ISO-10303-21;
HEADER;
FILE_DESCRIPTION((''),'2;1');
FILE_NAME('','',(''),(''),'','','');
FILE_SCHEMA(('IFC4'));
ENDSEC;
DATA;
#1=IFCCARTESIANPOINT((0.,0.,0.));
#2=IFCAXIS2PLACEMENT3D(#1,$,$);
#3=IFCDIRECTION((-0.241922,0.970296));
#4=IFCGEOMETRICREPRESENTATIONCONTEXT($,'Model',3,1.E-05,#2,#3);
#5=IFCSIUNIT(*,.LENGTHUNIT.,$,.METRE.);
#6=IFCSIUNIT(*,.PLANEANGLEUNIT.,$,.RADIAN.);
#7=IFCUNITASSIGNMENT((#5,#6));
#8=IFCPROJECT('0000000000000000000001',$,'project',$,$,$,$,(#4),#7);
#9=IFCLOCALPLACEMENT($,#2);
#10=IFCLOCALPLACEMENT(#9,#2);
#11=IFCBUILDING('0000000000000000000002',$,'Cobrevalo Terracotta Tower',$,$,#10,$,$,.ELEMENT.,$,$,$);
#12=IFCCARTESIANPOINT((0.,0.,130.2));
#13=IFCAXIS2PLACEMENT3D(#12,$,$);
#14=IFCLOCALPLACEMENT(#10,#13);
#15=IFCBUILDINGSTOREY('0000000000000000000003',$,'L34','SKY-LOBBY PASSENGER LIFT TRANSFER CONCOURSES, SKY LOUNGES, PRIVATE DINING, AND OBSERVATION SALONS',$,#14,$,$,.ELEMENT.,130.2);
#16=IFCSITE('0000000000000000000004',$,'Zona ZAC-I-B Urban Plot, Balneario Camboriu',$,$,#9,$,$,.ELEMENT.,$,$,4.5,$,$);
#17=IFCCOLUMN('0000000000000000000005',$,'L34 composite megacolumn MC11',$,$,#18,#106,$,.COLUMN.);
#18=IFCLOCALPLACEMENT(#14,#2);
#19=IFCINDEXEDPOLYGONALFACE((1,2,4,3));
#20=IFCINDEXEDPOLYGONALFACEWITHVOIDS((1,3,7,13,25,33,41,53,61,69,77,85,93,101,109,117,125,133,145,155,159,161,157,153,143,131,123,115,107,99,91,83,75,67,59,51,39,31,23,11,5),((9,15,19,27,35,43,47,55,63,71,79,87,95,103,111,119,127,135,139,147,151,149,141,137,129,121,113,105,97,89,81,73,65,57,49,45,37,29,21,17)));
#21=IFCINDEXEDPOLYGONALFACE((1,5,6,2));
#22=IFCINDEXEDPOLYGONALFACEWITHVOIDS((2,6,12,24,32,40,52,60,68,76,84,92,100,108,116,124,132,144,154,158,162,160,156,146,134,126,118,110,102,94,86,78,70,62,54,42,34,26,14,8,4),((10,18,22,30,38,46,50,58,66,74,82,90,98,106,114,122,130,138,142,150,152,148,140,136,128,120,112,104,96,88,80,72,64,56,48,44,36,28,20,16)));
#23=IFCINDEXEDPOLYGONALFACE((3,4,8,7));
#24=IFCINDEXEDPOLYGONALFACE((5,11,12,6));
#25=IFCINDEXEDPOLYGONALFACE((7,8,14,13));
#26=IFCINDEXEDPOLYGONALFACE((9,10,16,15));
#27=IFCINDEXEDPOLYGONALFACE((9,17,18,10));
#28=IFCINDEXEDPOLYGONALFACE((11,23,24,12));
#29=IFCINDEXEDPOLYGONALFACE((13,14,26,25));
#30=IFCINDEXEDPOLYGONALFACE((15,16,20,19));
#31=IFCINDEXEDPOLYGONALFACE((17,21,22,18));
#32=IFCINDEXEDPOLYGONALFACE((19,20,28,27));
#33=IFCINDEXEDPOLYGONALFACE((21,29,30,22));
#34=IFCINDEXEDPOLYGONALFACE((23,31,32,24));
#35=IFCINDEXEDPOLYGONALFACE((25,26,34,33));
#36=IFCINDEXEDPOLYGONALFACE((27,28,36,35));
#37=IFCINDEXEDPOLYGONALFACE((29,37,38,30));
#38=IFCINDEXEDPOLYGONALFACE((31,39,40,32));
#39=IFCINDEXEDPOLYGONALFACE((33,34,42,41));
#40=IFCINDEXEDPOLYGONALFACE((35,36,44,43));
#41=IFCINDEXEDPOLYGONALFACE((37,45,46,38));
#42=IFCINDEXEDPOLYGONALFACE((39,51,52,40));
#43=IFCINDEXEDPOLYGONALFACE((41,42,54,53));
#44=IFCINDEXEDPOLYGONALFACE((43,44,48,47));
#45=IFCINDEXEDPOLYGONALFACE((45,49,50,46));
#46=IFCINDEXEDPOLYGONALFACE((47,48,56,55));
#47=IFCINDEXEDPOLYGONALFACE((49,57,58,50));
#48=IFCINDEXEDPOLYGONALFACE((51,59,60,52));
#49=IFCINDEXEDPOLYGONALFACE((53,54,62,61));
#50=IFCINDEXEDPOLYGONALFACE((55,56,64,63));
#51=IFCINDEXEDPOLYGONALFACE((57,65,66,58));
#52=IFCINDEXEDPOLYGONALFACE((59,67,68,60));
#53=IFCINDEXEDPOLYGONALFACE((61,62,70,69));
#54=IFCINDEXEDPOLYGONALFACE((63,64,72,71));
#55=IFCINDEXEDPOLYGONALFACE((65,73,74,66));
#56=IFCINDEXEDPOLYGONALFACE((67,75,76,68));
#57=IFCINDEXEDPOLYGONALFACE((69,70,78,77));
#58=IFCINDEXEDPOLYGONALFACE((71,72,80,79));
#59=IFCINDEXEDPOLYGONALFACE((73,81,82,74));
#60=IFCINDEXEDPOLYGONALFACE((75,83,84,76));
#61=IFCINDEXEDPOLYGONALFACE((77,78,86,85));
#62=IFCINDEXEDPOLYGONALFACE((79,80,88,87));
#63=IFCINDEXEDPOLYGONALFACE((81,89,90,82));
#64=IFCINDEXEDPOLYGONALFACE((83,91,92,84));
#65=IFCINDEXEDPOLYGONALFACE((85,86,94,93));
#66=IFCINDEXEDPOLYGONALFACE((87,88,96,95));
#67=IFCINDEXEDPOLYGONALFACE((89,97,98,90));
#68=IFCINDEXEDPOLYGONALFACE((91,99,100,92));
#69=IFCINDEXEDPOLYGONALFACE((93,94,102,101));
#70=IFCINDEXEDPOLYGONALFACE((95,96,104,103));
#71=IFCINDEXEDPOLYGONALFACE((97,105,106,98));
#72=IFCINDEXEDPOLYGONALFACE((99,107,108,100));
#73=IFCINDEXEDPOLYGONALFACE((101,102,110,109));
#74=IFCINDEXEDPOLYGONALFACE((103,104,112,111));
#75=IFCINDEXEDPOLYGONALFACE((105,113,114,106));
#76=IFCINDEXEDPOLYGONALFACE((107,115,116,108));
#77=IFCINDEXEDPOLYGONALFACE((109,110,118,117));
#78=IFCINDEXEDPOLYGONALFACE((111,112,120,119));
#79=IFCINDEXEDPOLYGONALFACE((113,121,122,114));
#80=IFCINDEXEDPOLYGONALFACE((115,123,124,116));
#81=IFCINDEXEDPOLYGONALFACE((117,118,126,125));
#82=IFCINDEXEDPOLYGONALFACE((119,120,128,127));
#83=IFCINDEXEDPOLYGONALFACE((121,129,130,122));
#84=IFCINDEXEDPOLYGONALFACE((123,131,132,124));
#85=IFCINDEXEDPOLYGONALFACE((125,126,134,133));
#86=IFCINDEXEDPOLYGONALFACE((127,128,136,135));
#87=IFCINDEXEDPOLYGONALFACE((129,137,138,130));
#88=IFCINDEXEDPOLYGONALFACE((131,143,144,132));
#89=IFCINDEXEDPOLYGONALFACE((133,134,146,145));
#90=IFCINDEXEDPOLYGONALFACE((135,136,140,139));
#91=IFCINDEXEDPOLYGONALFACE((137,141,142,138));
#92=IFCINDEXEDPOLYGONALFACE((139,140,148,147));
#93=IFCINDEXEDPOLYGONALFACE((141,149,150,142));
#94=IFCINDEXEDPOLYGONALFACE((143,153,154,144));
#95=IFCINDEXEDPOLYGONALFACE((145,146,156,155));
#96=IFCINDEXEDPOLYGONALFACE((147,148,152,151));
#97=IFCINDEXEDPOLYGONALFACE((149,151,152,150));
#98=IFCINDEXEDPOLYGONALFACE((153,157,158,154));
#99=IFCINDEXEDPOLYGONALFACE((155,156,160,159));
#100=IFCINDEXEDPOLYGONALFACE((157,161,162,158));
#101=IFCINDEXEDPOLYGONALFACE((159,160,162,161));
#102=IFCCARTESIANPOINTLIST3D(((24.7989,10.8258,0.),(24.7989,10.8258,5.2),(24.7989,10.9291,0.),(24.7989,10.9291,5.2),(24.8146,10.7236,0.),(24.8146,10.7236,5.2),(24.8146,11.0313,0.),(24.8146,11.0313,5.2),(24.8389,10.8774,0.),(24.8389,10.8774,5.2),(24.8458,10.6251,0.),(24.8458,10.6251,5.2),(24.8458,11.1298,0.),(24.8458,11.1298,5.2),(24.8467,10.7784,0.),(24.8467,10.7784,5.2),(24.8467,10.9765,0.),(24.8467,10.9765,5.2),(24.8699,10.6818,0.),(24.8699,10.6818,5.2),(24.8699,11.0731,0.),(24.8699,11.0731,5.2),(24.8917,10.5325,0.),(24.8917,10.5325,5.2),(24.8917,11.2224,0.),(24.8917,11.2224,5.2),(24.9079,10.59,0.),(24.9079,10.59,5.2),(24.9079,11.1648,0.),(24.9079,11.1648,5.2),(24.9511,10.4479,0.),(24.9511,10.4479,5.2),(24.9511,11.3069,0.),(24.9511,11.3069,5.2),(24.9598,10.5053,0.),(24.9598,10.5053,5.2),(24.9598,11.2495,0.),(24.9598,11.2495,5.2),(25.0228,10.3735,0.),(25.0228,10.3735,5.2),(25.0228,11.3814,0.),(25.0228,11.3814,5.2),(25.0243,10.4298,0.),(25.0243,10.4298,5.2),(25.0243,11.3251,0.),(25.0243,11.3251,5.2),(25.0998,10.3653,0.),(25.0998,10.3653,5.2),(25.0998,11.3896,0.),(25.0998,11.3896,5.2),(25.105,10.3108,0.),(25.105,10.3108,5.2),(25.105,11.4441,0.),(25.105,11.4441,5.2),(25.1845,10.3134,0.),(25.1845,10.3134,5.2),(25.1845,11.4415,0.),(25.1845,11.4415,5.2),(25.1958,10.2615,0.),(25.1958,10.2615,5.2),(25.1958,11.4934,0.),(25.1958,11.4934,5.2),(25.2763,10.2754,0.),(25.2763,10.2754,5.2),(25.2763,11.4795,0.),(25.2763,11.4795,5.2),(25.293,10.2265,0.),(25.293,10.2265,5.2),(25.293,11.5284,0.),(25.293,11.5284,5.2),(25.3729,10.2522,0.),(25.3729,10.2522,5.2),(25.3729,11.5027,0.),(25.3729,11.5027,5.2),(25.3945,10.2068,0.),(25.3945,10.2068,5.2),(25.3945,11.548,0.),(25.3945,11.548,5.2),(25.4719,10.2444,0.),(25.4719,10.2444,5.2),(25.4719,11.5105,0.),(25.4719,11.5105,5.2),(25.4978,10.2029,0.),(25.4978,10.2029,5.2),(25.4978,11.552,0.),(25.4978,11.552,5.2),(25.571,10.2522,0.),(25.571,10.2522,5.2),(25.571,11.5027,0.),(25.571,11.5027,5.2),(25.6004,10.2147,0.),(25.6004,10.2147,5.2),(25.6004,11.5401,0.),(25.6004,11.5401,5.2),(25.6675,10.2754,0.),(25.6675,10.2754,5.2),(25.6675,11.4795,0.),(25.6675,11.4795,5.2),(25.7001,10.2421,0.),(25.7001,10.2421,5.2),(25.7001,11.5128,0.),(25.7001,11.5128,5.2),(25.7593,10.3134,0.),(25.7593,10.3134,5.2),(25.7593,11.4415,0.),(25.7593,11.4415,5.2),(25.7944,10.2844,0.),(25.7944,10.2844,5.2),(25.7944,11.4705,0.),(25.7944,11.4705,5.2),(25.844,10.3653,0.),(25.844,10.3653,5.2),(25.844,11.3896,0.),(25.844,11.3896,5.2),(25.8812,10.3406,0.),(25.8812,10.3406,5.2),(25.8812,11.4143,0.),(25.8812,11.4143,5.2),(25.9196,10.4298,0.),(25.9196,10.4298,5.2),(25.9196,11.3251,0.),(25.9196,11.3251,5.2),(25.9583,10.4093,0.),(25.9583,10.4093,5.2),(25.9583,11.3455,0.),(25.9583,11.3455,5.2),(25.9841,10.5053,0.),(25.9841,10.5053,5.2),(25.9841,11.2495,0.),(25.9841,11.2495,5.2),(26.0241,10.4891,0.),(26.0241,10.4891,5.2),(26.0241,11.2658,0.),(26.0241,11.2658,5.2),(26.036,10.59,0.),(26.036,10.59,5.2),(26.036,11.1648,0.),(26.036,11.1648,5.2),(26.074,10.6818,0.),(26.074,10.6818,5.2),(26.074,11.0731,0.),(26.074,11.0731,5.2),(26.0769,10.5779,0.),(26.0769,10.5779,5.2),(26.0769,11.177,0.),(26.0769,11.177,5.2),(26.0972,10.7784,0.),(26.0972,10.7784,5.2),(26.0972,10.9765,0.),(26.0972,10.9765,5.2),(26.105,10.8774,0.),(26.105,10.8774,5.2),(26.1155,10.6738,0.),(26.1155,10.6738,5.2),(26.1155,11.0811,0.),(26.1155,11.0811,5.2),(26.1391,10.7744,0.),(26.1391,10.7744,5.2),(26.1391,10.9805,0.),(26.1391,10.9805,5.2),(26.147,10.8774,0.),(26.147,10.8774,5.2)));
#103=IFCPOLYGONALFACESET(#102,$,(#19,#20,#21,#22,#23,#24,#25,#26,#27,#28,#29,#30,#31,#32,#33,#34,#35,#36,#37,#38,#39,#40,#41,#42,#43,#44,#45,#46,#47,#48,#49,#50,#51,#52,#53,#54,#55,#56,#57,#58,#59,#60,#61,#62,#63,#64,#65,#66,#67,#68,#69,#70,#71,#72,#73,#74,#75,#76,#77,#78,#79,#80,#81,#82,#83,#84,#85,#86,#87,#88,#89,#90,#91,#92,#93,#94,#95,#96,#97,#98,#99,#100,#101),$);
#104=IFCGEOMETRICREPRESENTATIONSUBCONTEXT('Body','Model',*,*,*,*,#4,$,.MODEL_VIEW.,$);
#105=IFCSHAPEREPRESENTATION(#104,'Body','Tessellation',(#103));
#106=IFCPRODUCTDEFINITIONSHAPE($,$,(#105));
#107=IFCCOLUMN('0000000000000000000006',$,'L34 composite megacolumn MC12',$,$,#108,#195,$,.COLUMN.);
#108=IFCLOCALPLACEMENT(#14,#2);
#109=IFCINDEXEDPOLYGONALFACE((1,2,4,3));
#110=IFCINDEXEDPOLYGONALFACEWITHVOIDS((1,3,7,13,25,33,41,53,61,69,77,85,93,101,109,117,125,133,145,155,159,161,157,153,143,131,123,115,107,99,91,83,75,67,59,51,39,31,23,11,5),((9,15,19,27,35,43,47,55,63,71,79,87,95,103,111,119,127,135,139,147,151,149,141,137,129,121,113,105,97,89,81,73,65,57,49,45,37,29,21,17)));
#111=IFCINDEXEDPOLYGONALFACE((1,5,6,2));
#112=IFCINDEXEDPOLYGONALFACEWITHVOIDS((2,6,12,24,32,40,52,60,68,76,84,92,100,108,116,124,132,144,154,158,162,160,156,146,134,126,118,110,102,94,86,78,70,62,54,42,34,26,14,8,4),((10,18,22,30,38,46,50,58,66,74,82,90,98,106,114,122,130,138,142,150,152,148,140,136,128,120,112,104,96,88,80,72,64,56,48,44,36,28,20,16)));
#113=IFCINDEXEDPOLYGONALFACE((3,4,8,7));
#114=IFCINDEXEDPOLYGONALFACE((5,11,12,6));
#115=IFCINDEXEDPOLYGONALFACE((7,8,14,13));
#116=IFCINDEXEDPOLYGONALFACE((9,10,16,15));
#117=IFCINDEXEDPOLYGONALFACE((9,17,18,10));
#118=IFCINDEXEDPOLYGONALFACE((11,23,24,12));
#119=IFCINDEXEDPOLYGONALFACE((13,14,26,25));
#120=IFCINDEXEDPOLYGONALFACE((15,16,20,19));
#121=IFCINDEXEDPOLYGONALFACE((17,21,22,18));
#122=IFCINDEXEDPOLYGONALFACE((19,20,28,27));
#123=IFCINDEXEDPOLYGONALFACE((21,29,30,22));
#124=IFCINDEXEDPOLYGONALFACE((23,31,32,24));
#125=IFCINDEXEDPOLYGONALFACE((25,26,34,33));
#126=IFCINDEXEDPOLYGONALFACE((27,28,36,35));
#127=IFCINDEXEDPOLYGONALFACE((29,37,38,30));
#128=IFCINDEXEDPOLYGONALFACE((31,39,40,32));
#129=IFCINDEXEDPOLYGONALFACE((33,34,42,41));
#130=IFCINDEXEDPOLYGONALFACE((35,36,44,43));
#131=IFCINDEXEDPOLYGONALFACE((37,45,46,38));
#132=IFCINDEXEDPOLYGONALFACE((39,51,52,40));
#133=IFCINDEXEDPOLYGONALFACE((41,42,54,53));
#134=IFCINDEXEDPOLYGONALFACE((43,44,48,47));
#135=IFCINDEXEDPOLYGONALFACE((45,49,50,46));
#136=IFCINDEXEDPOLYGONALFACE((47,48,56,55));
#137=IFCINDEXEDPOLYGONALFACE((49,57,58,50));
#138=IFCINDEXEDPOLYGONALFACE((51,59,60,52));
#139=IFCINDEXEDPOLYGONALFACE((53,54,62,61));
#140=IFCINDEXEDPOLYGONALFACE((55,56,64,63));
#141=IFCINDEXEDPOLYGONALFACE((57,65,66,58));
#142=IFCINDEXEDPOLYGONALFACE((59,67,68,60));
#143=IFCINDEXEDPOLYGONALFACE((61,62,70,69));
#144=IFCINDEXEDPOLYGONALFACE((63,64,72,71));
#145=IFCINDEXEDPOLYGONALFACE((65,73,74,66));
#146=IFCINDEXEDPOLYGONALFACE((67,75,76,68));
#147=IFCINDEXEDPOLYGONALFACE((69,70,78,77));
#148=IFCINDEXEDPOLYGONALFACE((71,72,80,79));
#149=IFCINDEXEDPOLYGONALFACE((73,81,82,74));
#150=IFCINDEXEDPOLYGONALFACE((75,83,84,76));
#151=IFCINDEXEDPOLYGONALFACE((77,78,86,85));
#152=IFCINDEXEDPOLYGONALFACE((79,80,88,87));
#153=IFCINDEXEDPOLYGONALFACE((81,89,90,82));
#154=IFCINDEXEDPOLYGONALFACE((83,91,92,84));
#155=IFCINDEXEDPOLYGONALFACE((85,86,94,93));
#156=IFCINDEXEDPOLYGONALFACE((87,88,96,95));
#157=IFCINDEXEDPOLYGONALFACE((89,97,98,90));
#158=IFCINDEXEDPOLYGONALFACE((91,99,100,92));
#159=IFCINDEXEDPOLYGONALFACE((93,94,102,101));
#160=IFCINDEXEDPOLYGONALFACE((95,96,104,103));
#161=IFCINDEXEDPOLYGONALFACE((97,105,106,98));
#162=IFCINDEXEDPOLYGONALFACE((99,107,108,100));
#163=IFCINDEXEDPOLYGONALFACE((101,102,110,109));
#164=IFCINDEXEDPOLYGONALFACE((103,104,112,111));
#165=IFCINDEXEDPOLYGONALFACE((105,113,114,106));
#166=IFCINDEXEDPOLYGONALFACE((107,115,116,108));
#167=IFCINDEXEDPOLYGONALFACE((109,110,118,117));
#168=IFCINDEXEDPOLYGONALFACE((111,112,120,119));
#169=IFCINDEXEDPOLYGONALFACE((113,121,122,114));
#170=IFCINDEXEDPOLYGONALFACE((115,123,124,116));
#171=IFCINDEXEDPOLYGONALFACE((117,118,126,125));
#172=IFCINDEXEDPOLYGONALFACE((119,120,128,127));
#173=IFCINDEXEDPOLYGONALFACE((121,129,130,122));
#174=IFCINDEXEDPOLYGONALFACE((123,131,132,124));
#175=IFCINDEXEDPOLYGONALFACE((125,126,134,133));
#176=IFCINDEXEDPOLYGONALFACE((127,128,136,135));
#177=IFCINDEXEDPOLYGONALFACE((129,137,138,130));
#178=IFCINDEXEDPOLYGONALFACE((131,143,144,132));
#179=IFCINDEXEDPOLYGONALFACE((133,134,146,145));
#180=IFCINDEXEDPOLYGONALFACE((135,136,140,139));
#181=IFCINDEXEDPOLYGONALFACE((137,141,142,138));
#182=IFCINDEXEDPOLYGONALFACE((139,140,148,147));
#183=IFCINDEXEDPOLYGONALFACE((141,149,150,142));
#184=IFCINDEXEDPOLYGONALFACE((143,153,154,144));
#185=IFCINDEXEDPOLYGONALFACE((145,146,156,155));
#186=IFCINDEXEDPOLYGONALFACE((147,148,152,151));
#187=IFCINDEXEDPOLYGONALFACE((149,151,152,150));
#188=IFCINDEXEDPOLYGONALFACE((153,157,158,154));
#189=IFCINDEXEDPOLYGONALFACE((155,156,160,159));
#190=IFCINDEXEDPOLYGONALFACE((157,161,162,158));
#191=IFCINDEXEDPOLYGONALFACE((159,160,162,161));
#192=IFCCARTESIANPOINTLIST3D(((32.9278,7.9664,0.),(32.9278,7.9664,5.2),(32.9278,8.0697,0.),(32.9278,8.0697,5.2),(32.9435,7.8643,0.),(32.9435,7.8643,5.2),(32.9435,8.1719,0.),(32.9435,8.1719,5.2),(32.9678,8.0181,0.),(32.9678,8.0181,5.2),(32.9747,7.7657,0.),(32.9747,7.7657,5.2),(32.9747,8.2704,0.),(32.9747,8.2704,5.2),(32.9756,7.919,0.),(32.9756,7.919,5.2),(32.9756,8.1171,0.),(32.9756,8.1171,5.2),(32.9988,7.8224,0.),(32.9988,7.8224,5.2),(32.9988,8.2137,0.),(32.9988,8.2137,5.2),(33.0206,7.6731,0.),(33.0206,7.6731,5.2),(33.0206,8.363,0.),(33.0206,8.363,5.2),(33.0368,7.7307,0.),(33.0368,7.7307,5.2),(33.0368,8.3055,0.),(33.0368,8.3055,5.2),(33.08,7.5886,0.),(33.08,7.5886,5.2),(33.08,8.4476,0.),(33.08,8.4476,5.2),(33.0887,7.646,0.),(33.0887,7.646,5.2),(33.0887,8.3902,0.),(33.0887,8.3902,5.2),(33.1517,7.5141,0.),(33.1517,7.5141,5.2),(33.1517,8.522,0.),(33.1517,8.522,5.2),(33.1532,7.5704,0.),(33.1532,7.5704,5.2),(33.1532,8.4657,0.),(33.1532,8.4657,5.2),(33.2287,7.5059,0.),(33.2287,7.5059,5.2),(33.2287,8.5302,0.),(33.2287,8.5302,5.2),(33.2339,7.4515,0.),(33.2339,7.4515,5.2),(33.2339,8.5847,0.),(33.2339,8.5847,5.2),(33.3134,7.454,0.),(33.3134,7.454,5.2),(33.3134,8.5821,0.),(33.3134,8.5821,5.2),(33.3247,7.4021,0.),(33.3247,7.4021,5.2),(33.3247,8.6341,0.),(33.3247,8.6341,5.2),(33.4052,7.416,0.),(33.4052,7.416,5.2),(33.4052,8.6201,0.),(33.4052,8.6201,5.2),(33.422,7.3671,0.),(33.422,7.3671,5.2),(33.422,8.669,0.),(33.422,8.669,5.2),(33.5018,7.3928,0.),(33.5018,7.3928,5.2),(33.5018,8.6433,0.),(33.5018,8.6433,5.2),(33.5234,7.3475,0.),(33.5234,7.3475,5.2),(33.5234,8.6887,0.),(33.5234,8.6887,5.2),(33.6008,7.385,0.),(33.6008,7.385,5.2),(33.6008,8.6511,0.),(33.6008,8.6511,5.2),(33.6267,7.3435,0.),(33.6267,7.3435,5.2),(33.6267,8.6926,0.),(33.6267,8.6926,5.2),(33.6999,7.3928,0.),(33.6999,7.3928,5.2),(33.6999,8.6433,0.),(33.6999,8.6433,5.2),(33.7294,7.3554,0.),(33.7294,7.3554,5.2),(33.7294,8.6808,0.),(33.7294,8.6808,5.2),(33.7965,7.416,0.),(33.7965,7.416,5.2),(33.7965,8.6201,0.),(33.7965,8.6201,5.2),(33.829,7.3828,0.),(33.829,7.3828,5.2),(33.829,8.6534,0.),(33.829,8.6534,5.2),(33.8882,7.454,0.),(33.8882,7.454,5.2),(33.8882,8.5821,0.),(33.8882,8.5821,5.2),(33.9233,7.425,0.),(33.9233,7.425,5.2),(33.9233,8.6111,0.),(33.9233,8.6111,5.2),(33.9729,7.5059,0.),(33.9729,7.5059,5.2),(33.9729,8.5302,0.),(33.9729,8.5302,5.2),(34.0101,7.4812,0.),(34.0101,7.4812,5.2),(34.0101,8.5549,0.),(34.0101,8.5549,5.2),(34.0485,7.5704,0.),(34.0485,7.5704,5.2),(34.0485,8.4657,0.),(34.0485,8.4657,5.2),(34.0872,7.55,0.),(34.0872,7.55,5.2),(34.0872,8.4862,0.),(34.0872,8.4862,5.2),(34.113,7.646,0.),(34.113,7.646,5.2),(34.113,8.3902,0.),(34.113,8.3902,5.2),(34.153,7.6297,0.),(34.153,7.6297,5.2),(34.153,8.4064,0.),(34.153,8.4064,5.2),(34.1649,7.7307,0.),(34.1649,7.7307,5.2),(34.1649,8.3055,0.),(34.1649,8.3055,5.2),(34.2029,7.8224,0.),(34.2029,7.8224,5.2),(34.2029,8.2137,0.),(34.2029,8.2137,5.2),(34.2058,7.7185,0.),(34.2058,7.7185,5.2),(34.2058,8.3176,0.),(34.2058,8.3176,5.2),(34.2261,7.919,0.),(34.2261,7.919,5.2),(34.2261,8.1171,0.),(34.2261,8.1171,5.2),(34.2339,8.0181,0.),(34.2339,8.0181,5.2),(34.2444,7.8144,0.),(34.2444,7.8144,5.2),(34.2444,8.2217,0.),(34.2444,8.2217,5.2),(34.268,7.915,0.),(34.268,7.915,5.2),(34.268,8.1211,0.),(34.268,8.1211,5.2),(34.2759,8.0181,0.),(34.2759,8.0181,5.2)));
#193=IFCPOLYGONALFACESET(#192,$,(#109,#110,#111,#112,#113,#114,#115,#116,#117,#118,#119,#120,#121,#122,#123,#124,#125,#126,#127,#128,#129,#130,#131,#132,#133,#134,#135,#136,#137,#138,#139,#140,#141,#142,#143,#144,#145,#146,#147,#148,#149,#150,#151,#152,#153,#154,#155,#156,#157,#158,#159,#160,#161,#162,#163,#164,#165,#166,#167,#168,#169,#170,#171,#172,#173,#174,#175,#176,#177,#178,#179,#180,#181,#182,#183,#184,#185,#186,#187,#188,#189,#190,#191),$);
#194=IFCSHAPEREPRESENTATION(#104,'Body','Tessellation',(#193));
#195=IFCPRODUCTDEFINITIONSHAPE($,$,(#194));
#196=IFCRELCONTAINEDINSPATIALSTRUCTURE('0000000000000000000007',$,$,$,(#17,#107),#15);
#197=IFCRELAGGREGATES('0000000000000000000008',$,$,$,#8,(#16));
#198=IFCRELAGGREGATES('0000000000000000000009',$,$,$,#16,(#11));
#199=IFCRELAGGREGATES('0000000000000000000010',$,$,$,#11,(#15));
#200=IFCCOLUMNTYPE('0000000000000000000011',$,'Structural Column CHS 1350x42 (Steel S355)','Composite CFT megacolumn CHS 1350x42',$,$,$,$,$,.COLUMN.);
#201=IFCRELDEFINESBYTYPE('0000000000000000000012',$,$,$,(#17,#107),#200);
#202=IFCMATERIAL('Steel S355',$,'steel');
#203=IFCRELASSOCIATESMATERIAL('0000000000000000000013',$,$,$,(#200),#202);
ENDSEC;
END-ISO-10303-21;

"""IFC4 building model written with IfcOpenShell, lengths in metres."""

from ifc_helpers import new_model, si_unit, direction, frame, origin, origin_2d, place, context, subcontext, project, spatial, hollow_circle, extrude, material, material_profile, profile_set, type_object, element, save


model = new_model("IFC4")

# Units and contexts
model_context = context("Model", 3, precision=1e-05, world=origin(), true_north=direction((-0.241922, 0.970296)))
body_context = subcontext(model_context, "Body", "Model", "MODEL_VIEW")
ifc_project = project(units=[si_unit("LENGTHUNIT", "METRE"), si_unit("PLANEANGLEUNIT", "RADIAN")], contexts=[model_context])

# Site, building, storey
site_placement = place(None, origin())
site = spatial("IfcSite", under=ifc_project, at=site_placement, Name="Zona ZAC-I-B Urban Plot, Balneario Camboriu", CompositionType="ELEMENT", RefElevation=4.5)
building_placement = place(site_placement, origin())
building = spatial("IfcBuilding", under=site, at=building_placement, Name="Cobrevalo Terracotta Tower", CompositionType="ELEMENT")
storey_placement = place(building_placement, frame((0.0, 0.0, 130.2)))
storey = spatial("IfcBuildingStorey", under=building, at=storey_placement, Name="L34", Description="SKY-LOBBY PASSENGER LIFT TRANSFER CONCOURSES, SKY LOUNGES, PRIVATE DINING, AND OBSERVATION SALONS", CompositionType="ELEMENT", Elevation=130.2)

# Columns
ifc_material_1 = material(Name="Steel S355", Category="steel")
ifc_material_profile_1 = material_profile(ifc_material_1, hollow_circle(Radius=0.675, WallThickness=0.042, at=origin_2d()), Name="CHS 1350x42")
ifc_profile_set_1 = profile_set([ifc_material_profile_1], Name="Steel S355")
column_type = type_object("IfcColumnType", Name="Structural Column CHS 1350x42 (Steel S355)", Description="Composite CFT megacolumn CHS 1350x42", PredefinedType="COLUMN", material=ifc_profile_set_1)
for number, where, z_axis, x_axis, name in (
    (1, (25.4719, 10.8774, 0.0), (0.0, 0.0, 1.0), (1.0, 0.0, 0.0), "L34 composite megacolumn MC11"),
    (2, (33.6008, 8.0181, 0.0), (0.0, 0.0, 1.0), (1.0, 0.0, 0.0), "L34 composite megacolumn MC12"),
):
    element("IfcColumn", number, at=place(storey_placement, frame(where, z_axis=z_axis, x_axis=x_axis)), inside=storey, type_object=column_type, Name=name, PredefinedType="COLUMN", context=body_context, shape_type="SweptSolid", body=[
        extrude(hollow_circle(Radius=0.675, WallThickness=0.042, at=origin_2d()), origin(), (0.0, 0.0, 1.0), 5.2),
    ])

save(model, "model.ifc")
